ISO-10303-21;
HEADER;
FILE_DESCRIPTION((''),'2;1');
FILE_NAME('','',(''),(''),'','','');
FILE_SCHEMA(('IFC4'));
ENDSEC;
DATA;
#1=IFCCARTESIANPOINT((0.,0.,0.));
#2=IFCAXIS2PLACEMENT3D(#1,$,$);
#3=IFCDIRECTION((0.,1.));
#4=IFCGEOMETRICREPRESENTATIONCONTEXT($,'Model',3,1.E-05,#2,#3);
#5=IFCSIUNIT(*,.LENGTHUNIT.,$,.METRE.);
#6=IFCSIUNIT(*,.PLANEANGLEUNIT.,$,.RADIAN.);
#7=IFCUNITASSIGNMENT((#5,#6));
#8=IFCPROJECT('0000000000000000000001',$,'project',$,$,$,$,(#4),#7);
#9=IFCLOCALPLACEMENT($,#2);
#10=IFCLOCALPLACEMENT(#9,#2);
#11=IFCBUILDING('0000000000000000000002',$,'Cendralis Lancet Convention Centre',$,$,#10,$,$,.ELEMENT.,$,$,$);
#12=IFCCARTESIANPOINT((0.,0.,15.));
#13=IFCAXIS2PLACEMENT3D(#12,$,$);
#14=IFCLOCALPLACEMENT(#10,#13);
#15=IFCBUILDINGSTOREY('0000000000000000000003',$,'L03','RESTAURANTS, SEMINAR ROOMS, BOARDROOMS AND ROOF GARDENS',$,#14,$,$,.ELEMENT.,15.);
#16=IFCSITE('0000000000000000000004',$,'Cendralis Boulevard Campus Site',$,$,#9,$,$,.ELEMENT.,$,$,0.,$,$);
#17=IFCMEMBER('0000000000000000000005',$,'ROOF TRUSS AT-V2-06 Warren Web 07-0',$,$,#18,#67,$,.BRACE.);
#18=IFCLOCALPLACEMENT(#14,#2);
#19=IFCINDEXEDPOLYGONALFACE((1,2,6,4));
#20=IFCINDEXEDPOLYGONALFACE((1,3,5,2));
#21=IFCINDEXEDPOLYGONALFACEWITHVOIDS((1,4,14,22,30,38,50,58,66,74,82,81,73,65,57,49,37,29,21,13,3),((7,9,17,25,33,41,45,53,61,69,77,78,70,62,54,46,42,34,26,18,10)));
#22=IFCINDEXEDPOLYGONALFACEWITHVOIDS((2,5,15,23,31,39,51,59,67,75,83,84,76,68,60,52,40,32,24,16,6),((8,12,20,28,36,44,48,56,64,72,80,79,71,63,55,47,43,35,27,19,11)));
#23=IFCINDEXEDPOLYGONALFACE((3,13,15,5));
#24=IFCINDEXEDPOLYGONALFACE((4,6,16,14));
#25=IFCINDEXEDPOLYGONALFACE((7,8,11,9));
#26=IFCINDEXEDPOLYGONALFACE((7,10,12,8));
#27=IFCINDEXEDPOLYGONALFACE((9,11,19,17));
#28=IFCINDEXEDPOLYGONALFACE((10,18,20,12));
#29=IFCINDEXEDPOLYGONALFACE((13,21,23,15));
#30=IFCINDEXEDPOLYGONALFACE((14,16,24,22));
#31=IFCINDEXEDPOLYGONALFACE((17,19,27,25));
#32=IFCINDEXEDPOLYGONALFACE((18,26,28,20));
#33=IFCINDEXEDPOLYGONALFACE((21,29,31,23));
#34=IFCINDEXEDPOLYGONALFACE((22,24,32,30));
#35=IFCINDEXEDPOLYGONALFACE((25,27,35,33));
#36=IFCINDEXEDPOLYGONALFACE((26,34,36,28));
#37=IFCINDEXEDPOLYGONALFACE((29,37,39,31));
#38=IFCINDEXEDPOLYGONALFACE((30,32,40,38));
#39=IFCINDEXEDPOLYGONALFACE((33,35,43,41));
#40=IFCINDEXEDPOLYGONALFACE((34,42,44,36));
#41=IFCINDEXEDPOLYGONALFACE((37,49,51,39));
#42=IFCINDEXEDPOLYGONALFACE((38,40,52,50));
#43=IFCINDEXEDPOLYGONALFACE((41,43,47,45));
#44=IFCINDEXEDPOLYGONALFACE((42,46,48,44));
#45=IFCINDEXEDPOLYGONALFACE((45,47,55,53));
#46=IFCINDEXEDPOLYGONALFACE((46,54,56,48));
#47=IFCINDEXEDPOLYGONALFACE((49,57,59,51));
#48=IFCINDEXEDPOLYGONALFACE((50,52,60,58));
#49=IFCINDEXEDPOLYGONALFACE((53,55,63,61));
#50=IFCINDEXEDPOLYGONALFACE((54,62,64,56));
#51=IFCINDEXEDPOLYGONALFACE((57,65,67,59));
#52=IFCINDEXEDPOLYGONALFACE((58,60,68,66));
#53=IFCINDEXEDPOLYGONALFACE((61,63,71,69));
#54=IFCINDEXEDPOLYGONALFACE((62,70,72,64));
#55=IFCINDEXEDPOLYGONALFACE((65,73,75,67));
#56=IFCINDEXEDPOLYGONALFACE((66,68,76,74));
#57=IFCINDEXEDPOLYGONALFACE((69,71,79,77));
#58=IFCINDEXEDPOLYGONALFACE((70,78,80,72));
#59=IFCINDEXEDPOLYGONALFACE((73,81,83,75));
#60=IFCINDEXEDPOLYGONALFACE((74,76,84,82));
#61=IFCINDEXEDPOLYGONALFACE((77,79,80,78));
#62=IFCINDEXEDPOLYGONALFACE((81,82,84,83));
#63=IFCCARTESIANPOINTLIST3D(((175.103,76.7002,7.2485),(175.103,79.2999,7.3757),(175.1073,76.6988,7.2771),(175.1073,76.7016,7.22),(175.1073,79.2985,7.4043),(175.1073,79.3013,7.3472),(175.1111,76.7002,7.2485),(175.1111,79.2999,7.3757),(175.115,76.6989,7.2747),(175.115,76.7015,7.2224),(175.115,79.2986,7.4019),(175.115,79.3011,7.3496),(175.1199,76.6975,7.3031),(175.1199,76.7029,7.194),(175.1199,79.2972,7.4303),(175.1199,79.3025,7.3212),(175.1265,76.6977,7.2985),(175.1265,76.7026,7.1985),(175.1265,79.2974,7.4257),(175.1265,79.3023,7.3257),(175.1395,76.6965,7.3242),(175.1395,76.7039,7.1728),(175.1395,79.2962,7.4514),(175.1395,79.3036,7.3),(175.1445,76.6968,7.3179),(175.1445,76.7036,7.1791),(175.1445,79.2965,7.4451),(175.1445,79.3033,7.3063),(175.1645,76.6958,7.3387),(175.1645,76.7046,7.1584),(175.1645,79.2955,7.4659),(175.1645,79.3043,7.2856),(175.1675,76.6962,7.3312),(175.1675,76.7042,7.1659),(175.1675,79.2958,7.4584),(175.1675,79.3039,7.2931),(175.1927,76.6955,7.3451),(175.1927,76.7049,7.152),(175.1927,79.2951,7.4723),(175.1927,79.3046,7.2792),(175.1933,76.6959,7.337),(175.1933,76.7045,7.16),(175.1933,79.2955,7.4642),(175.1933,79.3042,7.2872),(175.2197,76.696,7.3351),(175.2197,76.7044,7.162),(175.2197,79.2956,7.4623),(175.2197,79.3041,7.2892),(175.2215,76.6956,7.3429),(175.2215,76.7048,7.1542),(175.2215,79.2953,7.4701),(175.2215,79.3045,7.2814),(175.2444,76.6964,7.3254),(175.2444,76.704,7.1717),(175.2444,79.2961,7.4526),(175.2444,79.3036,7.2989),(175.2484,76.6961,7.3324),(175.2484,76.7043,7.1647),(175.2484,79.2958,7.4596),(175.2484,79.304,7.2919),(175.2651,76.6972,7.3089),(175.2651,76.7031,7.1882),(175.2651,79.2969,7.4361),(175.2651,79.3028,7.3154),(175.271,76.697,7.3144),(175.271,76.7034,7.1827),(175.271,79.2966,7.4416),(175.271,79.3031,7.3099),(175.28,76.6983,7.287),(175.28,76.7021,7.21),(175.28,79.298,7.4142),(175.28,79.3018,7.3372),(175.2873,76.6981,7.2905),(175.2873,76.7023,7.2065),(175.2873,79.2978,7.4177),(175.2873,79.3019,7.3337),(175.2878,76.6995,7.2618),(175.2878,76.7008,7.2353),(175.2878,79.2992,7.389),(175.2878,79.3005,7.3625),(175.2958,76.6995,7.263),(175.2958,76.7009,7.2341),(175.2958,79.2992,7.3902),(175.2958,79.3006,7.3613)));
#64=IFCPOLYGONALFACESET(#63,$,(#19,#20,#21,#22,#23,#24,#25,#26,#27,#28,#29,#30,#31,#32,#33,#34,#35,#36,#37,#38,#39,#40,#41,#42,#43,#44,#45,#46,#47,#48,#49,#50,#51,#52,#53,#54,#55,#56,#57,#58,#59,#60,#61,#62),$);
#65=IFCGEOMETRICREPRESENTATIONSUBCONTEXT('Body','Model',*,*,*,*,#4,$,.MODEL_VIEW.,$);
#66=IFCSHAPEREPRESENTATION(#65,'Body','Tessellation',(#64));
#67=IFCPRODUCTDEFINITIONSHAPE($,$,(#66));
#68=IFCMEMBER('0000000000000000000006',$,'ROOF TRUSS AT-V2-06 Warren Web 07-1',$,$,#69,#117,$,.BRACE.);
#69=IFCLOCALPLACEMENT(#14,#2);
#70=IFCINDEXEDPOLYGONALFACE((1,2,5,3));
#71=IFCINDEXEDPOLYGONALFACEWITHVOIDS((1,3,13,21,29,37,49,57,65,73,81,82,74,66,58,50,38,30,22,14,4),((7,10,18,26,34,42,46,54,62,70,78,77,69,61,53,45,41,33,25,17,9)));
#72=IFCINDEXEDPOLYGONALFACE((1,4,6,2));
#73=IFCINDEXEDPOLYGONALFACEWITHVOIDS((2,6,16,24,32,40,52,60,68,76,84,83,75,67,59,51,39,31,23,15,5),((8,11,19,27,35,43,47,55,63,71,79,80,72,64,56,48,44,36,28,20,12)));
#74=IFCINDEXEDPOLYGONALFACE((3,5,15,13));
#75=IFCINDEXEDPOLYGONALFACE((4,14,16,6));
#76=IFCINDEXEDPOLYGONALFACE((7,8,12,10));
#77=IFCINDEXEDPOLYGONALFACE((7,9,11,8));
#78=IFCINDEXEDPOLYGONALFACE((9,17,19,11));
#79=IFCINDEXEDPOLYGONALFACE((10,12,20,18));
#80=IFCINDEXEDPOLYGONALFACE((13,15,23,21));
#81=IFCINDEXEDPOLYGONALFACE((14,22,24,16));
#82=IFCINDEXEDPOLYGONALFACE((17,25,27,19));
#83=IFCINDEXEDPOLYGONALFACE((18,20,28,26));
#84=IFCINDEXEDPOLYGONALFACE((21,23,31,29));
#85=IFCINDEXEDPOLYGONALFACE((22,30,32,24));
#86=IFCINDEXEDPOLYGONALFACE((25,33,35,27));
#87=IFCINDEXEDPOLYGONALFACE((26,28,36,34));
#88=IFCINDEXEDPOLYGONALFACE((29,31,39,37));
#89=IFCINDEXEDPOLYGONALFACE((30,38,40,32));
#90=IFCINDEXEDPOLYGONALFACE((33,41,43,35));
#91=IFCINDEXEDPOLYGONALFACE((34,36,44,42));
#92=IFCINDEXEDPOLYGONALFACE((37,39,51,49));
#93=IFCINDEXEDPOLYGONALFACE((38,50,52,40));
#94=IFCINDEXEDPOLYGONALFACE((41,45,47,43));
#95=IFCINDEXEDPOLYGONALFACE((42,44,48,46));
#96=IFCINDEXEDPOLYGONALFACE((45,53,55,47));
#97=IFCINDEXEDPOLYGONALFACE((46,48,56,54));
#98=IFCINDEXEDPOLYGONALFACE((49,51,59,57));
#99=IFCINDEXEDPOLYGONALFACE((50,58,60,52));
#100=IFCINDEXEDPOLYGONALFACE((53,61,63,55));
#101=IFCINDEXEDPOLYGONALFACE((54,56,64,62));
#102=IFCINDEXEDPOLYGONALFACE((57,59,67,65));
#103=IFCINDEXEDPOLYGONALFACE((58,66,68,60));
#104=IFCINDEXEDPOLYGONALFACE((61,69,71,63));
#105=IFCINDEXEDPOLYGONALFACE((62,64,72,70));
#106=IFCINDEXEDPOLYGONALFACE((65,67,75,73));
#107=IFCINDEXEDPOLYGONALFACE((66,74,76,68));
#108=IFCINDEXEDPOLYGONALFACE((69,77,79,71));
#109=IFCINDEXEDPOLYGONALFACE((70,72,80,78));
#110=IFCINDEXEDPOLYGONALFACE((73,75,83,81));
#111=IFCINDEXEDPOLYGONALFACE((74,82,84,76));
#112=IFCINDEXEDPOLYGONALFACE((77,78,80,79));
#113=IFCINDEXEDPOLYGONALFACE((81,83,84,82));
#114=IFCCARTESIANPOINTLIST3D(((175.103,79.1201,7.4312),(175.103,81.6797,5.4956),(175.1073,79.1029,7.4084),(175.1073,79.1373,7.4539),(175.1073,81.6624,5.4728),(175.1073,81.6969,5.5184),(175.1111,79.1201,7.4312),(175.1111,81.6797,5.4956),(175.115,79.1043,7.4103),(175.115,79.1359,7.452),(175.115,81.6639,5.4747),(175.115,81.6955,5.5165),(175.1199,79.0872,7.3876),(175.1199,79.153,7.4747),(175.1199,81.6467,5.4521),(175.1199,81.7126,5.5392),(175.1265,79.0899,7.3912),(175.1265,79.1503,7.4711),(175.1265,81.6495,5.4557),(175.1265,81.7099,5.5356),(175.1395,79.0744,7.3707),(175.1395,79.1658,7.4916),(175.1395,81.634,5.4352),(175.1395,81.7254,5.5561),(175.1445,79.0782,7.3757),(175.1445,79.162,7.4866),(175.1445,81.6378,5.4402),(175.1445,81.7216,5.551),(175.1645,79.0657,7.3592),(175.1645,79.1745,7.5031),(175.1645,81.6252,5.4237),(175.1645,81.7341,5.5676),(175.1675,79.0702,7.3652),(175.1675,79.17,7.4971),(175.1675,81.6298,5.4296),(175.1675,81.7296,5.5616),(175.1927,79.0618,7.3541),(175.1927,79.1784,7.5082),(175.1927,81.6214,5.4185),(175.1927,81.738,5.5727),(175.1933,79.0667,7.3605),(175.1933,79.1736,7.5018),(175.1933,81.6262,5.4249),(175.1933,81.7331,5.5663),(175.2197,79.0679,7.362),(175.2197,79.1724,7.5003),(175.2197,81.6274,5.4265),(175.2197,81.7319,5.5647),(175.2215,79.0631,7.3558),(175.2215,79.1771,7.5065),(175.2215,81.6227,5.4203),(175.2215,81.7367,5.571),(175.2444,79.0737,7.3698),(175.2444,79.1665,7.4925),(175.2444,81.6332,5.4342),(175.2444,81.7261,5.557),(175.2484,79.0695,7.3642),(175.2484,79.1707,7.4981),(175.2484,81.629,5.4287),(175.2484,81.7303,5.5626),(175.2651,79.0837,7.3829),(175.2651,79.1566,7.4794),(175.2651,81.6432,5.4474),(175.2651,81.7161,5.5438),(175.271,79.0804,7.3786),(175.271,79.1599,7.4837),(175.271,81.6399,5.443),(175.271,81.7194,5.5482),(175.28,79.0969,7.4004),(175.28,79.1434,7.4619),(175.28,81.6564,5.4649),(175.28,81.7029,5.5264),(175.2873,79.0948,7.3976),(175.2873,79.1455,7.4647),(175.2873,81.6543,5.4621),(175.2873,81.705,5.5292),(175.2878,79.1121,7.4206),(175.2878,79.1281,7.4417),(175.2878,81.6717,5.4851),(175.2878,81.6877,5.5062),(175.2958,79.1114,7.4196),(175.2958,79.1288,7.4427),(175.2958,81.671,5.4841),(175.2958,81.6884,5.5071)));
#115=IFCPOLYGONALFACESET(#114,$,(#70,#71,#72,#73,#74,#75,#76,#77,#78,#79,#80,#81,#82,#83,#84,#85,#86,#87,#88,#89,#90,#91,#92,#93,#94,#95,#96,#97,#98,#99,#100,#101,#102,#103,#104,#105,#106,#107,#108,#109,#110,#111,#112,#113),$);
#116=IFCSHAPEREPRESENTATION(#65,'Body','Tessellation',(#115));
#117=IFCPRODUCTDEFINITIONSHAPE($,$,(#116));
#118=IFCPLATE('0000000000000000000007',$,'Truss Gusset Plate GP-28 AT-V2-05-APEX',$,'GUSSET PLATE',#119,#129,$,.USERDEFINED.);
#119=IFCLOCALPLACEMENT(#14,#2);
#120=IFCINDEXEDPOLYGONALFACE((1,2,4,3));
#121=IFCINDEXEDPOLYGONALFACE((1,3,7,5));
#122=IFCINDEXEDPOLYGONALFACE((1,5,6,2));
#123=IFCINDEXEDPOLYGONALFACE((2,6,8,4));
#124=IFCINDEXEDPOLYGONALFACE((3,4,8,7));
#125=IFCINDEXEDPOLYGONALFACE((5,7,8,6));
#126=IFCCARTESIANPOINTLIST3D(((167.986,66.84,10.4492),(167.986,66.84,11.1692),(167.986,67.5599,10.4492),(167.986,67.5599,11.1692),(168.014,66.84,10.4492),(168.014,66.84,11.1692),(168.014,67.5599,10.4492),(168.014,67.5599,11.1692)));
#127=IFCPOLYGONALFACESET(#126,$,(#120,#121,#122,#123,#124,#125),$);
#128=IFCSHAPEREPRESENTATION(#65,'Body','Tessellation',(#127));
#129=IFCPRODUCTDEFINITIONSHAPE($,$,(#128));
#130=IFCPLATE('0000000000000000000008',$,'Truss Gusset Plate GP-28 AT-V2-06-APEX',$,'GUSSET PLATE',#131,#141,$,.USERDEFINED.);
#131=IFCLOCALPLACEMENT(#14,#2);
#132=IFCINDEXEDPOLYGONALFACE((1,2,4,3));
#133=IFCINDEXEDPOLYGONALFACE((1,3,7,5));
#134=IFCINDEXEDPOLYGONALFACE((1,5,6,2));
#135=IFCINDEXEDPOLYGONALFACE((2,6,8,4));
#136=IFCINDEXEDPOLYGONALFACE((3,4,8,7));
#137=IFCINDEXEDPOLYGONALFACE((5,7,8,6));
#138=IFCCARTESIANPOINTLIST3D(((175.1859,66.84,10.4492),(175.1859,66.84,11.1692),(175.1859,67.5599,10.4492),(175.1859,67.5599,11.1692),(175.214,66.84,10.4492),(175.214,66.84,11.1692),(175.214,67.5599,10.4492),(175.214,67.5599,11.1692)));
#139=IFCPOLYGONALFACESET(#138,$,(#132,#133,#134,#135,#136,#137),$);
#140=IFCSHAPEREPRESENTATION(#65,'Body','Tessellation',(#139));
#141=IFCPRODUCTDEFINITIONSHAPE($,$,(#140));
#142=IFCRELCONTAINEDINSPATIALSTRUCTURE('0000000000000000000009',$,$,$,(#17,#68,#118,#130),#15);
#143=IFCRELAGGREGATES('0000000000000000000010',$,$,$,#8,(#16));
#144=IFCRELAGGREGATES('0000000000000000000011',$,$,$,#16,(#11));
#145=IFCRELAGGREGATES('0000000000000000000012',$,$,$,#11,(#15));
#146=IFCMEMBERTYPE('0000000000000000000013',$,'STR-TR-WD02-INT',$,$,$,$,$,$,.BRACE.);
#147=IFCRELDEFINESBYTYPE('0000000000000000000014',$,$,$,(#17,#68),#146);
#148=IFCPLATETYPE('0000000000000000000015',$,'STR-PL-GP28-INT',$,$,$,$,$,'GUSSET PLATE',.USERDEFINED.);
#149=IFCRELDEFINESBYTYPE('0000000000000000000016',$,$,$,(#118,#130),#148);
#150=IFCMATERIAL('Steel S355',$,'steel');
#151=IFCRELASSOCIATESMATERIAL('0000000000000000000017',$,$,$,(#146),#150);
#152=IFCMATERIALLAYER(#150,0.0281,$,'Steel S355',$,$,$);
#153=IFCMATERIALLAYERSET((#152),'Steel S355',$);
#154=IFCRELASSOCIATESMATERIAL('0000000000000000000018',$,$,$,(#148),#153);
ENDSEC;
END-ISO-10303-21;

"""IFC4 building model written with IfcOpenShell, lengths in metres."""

from ifc_helpers import new_model, si_unit, direction, frame, origin, origin_2d, place, context, subcontext, project, spatial, rectangle, hollow_circle, extrude, material, layer, layer_set, material_profile, profile_set, type_object, element, save


model = new_model("IFC4")

# Units and contexts
model_context = context("Model", 3, precision=1e-05, world=origin(), true_north=direction((0.0, 1.0)))
body_context = subcontext(model_context, "Body", "Model", "MODEL_VIEW")
ifc_project = project(units=[si_unit("LENGTHUNIT", "METRE"), si_unit("PLANEANGLEUNIT", "RADIAN")], contexts=[model_context])

# Site, building, storey
site_placement = place(None, origin())
site = spatial("IfcSite", under=ifc_project, at=site_placement, Name="Cendralis Boulevard Campus Site", CompositionType="ELEMENT", RefElevation=0.0)
building_placement = place(site_placement, origin())
building = spatial("IfcBuilding", under=site, at=building_placement, Name="Cendralis Lancet Convention Centre", CompositionType="ELEMENT")
storey_placement = place(building_placement, frame((0.0, 0.0, 15.0)))
storey = spatial("IfcBuildingStorey", under=building, at=storey_placement, Name="L03", Description="RESTAURANTS, SEMINAR ROOMS, BOARDROOMS AND ROOF GARDENS", CompositionType="ELEMENT", Elevation=15.0)

# Members
ifc_material = material(Name="Steel S355", Category="steel")
ifc_material_profile_1 = material_profile(ifc_material, hollow_circle(Radius=0.0969, WallThickness=0.0081, at=origin_2d()), Name="CHS 193.7x8.0")
ifc_profile_set_1 = profile_set([ifc_material_profile_1], Name="Steel S355")
member_type_1 = type_object("IfcMemberType", Name="STR-TR-WD02-INT", PredefinedType="BRACE", material=ifc_profile_set_1)
member_1_placement = place(storey_placement, frame((175.2, 76.7002, 7.2485), z_axis=(0.0, 0.998805, 0.048871), x_axis=(-1.0, 0.0, 0.0)))
element("IfcMember", 1, at=member_1_placement, inside=storey, type_object=member_type_1, Name="ROOF TRUSS AT-V2-06 Warren Web 07-0", PredefinedType="BRACE", context=body_context, shape_type="SweptSolid", body=[
    extrude(hollow_circle(Radius=0.0969, WallThickness=0.0081, at=origin_2d()), origin(), (0.0, 0.0, 1.0), 2.6028),
])
member_2_placement = place(storey_placement, frame((175.2, 79.1201, 7.4312), z_axis=(0.0, 0.79762, -0.60316), x_axis=(-1.0, 0.0, 0.0)))
element("IfcMember", 2, at=member_2_placement, inside=storey, type_object=member_type_1, Name="ROOF TRUSS AT-V2-06 Warren Web 07-1", PredefinedType="BRACE", context=body_context, shape_type="SweptSolid", body=[
    extrude(hollow_circle(Radius=0.0969, WallThickness=0.0081, at=origin_2d()), origin(), (0.0, 0.0, 1.0), 3.209),
])

# Plates
ifc_layer = layer(ifc_material, 0.0281, Name="Steel S355")
ifc_layer_set = layer_set([ifc_layer], Name="Steel S355")
plate_type = type_object("IfcPlateType", Name="STR-PL-GP28-INT", ElementType="GUSSET PLATE", PredefinedType="USERDEFINED", material=ifc_layer_set)
for number, where, z_axis, x_axis, name in (
    (3, (168.0, 67.2, 10.4492), (0.0, 0.0, 1.0), (0.0, 1.0, 0.0), "Truss Gusset Plate GP-28 AT-V2-05-APEX"),
    (4, (175.2, 67.2, 10.4492), (0.0, 0.0, 1.0), (0.0, 1.0, 0.0), "Truss Gusset Plate GP-28 AT-V2-06-APEX"),
):
    element("IfcPlate", number, at=place(storey_placement, frame(where, z_axis=z_axis, x_axis=x_axis)), inside=storey, type_object=plate_type, Name=name, ObjectType="GUSSET PLATE", PredefinedType="USERDEFINED", context=body_context, shape_type="SweptSolid", body=[
        extrude(rectangle(XDim=0.72, YDim=0.0281, at=origin_2d()), origin(), (0.0, 0.0, 1.0), 0.72),
    ])

save(model, "model.ifc")
